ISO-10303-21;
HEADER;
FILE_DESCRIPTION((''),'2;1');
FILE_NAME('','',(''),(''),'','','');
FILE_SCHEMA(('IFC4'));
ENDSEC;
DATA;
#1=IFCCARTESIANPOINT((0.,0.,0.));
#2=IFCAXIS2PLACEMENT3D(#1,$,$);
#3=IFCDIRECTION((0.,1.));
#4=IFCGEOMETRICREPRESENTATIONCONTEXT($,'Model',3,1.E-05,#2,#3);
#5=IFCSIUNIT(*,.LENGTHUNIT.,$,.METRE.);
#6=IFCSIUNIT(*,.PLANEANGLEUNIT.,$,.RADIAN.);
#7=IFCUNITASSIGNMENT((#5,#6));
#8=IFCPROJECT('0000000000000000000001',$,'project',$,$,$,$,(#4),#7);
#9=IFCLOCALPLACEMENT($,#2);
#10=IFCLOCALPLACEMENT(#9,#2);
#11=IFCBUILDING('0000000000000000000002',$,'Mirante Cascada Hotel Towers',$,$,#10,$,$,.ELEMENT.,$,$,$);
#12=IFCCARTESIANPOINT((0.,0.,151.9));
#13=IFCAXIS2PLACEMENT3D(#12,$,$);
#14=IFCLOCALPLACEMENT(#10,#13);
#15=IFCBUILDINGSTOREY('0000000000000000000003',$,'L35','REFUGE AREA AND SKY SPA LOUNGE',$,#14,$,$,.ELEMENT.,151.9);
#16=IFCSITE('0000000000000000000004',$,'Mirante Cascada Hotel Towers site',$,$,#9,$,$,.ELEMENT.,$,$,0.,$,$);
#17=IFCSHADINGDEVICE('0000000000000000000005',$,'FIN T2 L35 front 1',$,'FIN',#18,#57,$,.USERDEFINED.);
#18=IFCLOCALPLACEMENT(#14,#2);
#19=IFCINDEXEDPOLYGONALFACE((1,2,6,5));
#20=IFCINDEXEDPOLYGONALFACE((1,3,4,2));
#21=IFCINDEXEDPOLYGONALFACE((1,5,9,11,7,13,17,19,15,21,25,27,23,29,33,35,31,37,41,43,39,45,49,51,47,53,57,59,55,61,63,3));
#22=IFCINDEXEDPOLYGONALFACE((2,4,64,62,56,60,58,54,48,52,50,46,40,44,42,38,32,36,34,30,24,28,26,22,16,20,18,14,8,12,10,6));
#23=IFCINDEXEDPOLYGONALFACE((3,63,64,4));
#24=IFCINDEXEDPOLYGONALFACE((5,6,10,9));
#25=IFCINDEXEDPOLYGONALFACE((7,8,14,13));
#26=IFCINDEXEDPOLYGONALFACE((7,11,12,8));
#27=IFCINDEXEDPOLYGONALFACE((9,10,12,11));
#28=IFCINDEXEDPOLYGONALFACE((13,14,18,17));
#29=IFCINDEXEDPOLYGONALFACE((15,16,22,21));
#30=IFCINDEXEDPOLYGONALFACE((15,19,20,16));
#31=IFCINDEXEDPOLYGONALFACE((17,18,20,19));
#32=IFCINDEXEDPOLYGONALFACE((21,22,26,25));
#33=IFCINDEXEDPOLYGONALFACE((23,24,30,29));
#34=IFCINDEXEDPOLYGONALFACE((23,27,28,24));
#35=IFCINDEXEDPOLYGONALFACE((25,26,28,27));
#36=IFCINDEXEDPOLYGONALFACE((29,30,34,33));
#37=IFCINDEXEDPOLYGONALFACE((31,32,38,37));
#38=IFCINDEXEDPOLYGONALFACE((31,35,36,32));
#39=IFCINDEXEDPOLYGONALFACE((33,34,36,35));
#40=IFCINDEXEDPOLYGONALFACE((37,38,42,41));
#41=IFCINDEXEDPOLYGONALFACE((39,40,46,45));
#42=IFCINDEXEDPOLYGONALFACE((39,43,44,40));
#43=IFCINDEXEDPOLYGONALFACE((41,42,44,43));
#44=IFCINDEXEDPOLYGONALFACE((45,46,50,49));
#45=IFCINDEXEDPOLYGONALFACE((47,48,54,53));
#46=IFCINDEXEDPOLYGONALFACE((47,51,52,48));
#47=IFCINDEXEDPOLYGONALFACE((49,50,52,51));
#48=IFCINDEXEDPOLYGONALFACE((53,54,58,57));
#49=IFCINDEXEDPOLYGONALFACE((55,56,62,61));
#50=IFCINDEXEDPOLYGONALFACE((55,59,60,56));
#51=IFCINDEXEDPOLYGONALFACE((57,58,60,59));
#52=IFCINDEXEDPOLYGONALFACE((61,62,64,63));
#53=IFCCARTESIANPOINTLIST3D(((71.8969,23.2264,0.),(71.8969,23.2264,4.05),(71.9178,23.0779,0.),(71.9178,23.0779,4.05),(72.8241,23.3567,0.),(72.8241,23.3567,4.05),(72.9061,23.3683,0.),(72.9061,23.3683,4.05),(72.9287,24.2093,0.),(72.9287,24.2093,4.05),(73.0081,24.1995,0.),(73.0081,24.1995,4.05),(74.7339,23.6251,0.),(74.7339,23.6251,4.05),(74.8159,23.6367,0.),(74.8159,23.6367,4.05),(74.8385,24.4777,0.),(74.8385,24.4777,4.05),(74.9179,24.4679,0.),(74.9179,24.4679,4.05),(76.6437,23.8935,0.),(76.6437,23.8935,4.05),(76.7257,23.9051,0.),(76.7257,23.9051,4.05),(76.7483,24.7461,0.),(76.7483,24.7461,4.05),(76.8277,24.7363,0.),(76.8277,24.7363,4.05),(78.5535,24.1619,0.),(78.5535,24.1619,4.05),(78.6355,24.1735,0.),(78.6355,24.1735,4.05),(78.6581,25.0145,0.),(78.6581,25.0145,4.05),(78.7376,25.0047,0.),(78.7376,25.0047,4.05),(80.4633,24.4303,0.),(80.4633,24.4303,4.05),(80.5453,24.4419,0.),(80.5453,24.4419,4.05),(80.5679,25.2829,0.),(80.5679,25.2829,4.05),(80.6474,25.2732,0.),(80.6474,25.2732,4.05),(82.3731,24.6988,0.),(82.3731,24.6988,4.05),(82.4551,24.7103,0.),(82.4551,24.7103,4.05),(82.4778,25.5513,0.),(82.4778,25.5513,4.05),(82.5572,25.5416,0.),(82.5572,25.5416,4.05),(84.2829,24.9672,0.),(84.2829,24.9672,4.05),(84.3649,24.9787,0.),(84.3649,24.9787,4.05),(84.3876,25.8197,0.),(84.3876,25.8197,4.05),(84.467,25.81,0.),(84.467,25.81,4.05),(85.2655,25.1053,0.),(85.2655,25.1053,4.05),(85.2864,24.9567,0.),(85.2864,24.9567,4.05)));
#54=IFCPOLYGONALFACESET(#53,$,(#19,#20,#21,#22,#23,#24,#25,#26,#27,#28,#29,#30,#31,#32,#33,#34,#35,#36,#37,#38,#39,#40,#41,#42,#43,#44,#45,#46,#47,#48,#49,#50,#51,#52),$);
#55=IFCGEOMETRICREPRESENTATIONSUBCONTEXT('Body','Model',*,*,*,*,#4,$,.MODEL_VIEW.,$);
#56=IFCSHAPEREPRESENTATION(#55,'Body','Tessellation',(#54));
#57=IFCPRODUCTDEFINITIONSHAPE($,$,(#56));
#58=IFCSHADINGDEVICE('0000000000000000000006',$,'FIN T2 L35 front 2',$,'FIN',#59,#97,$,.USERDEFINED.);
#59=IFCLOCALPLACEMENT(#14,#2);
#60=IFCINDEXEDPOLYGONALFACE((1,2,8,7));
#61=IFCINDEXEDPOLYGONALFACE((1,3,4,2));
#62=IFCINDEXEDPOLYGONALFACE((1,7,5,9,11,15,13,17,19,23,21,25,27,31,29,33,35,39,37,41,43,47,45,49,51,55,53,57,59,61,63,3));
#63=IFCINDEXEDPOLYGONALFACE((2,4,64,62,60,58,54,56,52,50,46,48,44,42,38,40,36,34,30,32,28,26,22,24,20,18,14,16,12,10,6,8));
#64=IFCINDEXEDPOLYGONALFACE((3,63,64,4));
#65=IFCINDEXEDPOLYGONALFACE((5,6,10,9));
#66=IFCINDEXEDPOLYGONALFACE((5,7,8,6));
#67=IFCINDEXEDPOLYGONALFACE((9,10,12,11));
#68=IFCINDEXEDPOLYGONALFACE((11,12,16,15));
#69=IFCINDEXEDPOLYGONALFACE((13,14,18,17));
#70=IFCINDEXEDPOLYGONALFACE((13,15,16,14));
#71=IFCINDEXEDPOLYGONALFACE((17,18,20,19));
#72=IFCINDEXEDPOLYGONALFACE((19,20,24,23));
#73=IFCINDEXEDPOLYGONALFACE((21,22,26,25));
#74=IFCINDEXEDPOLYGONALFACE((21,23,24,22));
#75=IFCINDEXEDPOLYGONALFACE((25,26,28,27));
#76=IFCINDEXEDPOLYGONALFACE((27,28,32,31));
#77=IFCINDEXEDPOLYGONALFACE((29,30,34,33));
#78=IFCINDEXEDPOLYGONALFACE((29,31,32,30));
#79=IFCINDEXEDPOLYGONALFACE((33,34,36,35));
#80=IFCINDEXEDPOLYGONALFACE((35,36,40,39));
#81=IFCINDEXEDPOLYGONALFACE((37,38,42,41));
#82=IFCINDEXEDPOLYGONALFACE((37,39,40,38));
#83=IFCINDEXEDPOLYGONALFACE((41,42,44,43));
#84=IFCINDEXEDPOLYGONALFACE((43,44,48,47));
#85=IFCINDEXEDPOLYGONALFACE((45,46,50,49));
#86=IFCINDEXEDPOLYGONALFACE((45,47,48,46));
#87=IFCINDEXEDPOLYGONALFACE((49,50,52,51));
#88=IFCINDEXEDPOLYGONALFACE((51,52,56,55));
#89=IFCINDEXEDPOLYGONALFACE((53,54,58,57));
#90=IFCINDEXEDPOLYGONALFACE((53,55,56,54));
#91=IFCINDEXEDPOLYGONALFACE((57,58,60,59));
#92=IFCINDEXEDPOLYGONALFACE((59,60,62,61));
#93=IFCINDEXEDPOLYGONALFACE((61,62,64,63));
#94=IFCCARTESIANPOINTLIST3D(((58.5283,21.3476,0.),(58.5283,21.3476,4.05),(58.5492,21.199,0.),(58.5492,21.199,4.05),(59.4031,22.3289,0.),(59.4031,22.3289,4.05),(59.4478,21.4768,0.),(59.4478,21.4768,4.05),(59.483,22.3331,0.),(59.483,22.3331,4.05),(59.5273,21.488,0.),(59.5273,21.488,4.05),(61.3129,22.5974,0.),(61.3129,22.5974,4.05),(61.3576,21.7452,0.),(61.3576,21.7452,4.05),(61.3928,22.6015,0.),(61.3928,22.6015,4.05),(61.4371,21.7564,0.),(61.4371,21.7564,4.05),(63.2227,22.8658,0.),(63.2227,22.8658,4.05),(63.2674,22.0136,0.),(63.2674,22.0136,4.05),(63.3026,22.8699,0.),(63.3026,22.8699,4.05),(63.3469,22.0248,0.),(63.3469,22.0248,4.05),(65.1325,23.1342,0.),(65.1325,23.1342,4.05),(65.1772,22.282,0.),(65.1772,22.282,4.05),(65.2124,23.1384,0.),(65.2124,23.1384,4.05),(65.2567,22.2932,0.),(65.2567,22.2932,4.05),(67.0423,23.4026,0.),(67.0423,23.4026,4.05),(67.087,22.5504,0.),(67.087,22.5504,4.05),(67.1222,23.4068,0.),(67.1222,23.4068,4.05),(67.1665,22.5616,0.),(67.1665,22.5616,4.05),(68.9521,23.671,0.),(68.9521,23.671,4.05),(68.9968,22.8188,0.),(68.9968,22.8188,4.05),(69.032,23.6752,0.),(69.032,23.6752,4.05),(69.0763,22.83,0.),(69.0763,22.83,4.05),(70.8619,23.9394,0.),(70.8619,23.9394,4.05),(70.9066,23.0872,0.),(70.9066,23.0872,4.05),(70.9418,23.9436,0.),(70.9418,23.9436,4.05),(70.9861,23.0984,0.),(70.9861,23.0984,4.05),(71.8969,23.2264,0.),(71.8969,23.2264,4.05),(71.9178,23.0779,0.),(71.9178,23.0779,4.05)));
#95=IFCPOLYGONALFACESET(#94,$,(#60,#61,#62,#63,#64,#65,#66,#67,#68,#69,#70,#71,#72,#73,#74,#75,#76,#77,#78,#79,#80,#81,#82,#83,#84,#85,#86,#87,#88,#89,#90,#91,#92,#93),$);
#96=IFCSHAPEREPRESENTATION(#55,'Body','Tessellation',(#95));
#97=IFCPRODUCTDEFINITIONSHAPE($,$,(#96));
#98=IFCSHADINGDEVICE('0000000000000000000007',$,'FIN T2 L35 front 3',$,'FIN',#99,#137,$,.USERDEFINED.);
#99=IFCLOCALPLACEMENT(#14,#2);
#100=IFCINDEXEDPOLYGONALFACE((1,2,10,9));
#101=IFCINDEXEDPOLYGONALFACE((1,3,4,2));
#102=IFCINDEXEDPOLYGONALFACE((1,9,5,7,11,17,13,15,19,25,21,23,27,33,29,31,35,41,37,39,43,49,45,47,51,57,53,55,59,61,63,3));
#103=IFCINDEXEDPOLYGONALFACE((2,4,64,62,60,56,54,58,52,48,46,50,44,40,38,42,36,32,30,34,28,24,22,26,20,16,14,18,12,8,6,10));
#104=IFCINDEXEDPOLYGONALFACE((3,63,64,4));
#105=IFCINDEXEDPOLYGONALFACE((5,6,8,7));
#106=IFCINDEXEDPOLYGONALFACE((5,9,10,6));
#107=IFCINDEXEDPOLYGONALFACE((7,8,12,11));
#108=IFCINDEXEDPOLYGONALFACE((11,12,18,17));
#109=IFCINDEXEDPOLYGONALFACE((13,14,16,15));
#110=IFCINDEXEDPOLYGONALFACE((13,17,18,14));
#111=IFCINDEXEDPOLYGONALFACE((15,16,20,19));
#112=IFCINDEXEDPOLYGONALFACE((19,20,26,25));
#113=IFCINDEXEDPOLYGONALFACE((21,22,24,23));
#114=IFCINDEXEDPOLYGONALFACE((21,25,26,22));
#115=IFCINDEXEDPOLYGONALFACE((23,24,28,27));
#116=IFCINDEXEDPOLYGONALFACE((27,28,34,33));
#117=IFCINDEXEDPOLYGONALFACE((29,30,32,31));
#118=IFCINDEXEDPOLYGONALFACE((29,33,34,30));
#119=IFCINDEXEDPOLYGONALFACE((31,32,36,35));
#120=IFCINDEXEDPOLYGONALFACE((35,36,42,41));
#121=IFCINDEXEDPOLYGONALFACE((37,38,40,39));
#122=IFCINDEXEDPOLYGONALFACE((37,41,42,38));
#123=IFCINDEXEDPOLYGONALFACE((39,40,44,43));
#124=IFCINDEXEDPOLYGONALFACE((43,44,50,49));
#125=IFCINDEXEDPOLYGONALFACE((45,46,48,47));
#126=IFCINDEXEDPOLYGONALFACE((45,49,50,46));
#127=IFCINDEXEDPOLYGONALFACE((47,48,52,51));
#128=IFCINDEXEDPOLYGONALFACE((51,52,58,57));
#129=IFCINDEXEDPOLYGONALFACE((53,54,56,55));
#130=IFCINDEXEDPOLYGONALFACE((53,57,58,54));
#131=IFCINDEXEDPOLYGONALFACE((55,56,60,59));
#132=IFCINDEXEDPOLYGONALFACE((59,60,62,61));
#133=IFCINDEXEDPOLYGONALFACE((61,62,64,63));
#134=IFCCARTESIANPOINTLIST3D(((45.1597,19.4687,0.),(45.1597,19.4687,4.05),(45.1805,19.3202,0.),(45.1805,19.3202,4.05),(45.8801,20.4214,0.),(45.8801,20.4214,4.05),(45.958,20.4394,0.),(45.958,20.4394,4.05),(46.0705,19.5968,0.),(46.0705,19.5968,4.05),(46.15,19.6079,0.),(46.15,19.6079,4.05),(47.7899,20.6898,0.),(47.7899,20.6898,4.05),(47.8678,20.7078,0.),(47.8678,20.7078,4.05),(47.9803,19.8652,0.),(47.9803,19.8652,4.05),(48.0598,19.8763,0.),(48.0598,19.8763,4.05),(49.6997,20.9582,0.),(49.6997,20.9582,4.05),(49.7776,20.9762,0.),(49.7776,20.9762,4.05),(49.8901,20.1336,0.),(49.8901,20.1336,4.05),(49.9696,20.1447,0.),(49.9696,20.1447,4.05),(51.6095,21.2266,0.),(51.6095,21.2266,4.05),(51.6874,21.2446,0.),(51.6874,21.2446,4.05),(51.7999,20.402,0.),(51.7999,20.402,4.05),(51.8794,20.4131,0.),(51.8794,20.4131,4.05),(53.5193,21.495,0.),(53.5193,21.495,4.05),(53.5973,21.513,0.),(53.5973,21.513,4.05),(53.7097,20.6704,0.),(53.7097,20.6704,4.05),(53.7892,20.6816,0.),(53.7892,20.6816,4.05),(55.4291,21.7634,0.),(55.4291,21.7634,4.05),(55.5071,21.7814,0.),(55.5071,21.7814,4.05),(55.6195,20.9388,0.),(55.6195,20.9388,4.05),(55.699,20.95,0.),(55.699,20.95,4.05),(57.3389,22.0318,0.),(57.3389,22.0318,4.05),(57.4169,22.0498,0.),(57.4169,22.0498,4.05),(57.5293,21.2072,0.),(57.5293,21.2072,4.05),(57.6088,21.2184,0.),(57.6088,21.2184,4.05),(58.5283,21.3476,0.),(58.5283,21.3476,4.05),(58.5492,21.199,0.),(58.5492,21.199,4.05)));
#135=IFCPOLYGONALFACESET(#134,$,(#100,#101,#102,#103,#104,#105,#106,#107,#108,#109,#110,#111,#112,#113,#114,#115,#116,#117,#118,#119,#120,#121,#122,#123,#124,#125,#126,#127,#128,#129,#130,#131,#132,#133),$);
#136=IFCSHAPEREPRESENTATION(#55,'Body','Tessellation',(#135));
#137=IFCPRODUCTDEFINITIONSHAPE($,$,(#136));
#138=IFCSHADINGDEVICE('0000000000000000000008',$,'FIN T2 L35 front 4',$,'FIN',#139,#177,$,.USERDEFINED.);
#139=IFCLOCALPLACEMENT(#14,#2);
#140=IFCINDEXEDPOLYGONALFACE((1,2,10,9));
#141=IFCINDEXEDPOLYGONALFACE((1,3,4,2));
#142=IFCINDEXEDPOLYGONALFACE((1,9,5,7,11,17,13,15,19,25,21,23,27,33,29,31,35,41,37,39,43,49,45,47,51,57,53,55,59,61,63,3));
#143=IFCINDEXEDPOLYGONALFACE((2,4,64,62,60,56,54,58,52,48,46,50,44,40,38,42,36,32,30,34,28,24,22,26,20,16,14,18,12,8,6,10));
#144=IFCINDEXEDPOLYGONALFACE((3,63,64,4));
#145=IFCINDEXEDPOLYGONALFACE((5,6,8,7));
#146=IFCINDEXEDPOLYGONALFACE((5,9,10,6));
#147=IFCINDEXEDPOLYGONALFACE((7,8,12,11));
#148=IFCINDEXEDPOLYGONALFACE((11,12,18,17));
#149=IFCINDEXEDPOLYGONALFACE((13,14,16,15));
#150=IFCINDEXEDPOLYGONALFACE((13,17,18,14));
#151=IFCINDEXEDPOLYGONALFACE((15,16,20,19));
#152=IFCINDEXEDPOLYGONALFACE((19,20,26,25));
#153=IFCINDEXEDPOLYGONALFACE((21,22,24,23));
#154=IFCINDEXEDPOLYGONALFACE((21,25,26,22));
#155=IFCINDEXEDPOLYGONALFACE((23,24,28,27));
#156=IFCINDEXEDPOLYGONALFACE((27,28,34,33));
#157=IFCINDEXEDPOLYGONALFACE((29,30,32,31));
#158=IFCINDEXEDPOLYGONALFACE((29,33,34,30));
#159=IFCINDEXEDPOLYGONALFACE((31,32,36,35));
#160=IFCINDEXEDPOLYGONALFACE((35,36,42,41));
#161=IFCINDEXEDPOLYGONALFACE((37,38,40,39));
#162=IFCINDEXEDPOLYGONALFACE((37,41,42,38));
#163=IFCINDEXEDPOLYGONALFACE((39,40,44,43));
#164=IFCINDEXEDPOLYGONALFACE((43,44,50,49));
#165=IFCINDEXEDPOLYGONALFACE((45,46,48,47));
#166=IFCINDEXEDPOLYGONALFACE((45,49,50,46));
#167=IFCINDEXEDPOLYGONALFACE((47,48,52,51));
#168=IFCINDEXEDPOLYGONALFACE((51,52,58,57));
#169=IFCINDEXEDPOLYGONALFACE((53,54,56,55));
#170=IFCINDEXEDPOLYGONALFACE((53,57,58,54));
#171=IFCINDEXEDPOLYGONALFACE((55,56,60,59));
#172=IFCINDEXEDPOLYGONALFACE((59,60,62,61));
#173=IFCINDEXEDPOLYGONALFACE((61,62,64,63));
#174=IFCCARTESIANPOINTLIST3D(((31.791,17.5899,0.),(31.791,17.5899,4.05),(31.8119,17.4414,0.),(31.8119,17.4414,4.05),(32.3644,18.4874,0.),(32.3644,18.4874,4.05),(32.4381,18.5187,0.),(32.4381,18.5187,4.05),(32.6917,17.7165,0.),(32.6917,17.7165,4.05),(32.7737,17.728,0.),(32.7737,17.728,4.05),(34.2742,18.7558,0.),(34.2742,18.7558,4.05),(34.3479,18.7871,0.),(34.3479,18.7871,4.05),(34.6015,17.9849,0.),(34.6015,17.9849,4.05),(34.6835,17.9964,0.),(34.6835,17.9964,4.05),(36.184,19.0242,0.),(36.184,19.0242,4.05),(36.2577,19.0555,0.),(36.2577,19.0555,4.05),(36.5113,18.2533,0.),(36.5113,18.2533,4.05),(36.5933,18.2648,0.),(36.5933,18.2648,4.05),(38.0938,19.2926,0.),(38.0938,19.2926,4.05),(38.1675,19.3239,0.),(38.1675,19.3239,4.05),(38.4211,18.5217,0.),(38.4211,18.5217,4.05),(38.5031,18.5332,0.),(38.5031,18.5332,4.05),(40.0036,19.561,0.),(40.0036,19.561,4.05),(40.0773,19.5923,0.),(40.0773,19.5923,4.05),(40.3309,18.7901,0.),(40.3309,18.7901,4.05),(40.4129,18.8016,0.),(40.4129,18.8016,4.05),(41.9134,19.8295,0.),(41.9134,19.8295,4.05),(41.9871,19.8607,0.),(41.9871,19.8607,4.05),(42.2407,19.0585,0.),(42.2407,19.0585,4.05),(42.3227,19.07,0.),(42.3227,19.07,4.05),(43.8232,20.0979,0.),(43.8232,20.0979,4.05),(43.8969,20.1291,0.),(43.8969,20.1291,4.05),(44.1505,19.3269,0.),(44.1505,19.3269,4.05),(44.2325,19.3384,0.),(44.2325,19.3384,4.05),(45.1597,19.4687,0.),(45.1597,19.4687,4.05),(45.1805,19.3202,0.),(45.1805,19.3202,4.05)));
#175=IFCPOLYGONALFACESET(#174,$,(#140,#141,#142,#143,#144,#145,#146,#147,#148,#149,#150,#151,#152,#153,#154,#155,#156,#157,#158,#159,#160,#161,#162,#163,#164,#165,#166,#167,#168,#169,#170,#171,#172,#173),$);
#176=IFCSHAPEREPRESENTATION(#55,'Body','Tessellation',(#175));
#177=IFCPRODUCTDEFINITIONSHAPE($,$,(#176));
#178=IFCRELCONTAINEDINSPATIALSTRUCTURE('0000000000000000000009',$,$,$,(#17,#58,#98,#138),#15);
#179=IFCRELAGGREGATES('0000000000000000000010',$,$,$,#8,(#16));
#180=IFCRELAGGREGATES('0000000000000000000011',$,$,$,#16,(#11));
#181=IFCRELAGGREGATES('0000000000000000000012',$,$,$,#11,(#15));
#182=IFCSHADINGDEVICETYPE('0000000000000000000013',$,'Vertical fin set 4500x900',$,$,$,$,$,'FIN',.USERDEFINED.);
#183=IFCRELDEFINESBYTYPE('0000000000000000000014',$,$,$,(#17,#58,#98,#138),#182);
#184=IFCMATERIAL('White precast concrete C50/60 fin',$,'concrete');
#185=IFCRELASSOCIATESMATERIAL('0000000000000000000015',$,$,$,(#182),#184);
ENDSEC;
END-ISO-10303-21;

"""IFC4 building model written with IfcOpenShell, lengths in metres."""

from ifc_helpers import new_model, si_unit, direction, frame, origin, place, context, subcontext, project, spatial, polyline, outline, extrude, material, type_object, element, save


model = new_model("IFC4")

# Units and contexts
model_context = context("Model", 3, precision=1e-05, world=origin(), true_north=direction((0.0, 1.0)))
body_context = subcontext(model_context, "Body", "Model", "MODEL_VIEW")
ifc_project = project(units=[si_unit("LENGTHUNIT", "METRE"), si_unit("PLANEANGLEUNIT", "RADIAN")], contexts=[model_context])

# Site, building, storey
site_placement = place(None, origin())
site = spatial("IfcSite", under=ifc_project, at=site_placement, Name="Mirante Cascada Hotel Towers site", CompositionType="ELEMENT", RefElevation=0.0)
building_placement = place(site_placement, origin())
building = spatial("IfcBuilding", under=site, at=building_placement, Name="Mirante Cascada Hotel Towers", CompositionType="ELEMENT")
storey_placement = place(building_placement, frame((0.0, 0.0, 151.9)))
storey = spatial("IfcBuildingStorey", under=building, at=storey_placement, Name="L35", Description="REFUGE AREA AND SKY SPA LOUNGE", CompositionType="ELEMENT", Elevation=151.9)

# Shading devices
ifc_material_1 = material(Name="White precast concrete C50/60 fin", Category="concrete")
shading_device_type = type_object("IfcShadingDeviceType", Name="Vertical fin set 4500x900", ElementType="FIN", PredefinedType="USERDEFINED", material=ifc_material_1)
shading_device_1_placement = place(storey_placement, origin())
element("IfcShadingDevice", 1, at=shading_device_1_placement, inside=storey, type_object=shading_device_type, Name="FIN T2 L35 front 1", ObjectType="FIN", PredefinedType="USERDEFINED", context=body_context, shape_type="SweptSolid", body=[
    extrude(outline(polyline([(73.0081, 24.1995), (72.9061, 23.3683), (74.7339, 23.6251), (74.8385, 24.4777), (74.9179, 24.4679), (74.8159, 23.6367), (76.6437, 23.8935), (76.7483, 24.7461), (76.8277, 24.7363), (76.7257, 23.9051), (78.5535, 24.1619), (78.6581, 25.0145), (78.7376, 25.0047), (78.6355, 24.1735), (80.4633, 24.4303), (80.5679, 25.2829), (80.6474, 25.2732), (80.5453, 24.4419), (82.3731, 24.6988), (82.4778, 25.5513), (82.5572, 25.5416), (82.4551, 24.7103), (84.2829, 24.9672), (84.3876, 25.8197), (84.467, 25.81), (84.3649, 24.9787), (85.2655, 25.1053), (85.2864, 24.9567), (71.9178, 23.0779), (71.8969, 23.2264), (72.8241, 23.3567), (72.9287, 24.2093), (73.0081, 24.1995)])), origin(), (0.0, 0.0, 1.0), 4.05),
])
shading_device_2_placement = place(storey_placement, origin())
element("IfcShadingDevice", 2, at=shading_device_2_placement, inside=storey, type_object=shading_device_type, Name="FIN T2 L35 front 2", ObjectType="FIN", PredefinedType="USERDEFINED", context=body_context, shape_type="SweptSolid", body=[
    extrude(outline(polyline([(59.483, 22.3331), (59.5273, 21.488), (61.3576, 21.7452), (61.3129, 22.5974), (61.3928, 22.6015), (61.4371, 21.7564), (63.2674, 22.0136), (63.2227, 22.8658), (63.3026, 22.8699), (63.3469, 22.0248), (65.1772, 22.282), (65.1325, 23.1342), (65.2124, 23.1384), (65.2567, 22.2932), (67.087, 22.5504), (67.0423, 23.4026), (67.1222, 23.4068), (67.1665, 22.5616), (68.9968, 22.8188), (68.9521, 23.671), (69.032, 23.6752), (69.0763, 22.83), (70.9066, 23.0872), (70.8619, 23.9394), (70.9418, 23.9436), (70.9861, 23.0984), (71.8969, 23.2264), (71.9178, 23.0779), (58.5492, 21.199), (58.5283, 21.3476), (59.4478, 21.4768), (59.4031, 22.3289), (59.483, 22.3331)])), origin(), (0.0, 0.0, 1.0), 4.05),
])
shading_device_3_placement = place(storey_placement, origin())
element("IfcShadingDevice", 3, at=shading_device_3_placement, inside=storey, type_object=shading_device_type, Name="FIN T2 L35 front 3", ObjectType="FIN", PredefinedType="USERDEFINED", context=body_context, shape_type="SweptSolid", body=[
    extrude(outline(polyline([(45.958, 20.4394), (46.15, 19.6079), (47.9803, 19.8652), (47.7899, 20.6898), (47.8678, 20.7078), (48.0598, 19.8763), (49.8901, 20.1336), (49.6997, 20.9582), (49.7776, 20.9762), (49.9696, 20.1447), (51.7999, 20.402), (51.6095, 21.2266), (51.6874, 21.2446), (51.8794, 20.4131), (53.7097, 20.6704), (53.5193, 21.495), (53.5973, 21.513), (53.7892, 20.6816), (55.6195, 20.9388), (55.4291, 21.7634), (55.5071, 21.7814), (55.699, 20.95), (57.5293, 21.2072), (57.3389, 22.0318), (57.4169, 22.0498), (57.6088, 21.2184), (58.5283, 21.3476), (58.5492, 21.199), (45.1805, 19.3202), (45.1597, 19.4687), (46.0705, 19.5968), (45.8801, 20.4214), (45.958, 20.4394)])), origin(), (0.0, 0.0, 1.0), 4.05),
])
shading_device_4_placement = place(storey_placement, origin())
element("IfcShadingDevice", 4, at=shading_device_4_placement, inside=storey, type_object=shading_device_type, Name="FIN T2 L35 front 4", ObjectType="FIN", PredefinedType="USERDEFINED", context=body_context, shape_type="SweptSolid", body=[
    extrude(outline(polyline([(32.4381, 18.5187), (32.7737, 17.728), (34.6015, 17.9849), (34.2742, 18.7558), (34.3479, 18.7871), (34.6835, 17.9964), (36.5113, 18.2533), (36.184, 19.0242), (36.2577, 19.0555), (36.5933, 18.2648), (38.4211, 18.5217), (38.0938, 19.2926), (38.1675, 19.3239), (38.5031, 18.5332), (40.3309, 18.7901), (40.0036, 19.561), (40.0773, 19.5923), (40.4129, 18.8016), (42.2407, 19.0585), (41.9134, 19.8295), (41.9871, 19.8607), (42.3227, 19.07), (44.1505, 19.3269), (43.8232, 20.0979), (43.8969, 20.1291), (44.2325, 19.3384), (45.1597, 19.4687), (45.1805, 19.3202), (31.8119, 17.4414), (31.791, 17.5899), (32.6917, 17.7165), (32.3644, 18.4874), (32.4381, 18.5187)])), origin(), (0.0, 0.0, 1.0), 4.05),
])

save(model, "model.ifc")
